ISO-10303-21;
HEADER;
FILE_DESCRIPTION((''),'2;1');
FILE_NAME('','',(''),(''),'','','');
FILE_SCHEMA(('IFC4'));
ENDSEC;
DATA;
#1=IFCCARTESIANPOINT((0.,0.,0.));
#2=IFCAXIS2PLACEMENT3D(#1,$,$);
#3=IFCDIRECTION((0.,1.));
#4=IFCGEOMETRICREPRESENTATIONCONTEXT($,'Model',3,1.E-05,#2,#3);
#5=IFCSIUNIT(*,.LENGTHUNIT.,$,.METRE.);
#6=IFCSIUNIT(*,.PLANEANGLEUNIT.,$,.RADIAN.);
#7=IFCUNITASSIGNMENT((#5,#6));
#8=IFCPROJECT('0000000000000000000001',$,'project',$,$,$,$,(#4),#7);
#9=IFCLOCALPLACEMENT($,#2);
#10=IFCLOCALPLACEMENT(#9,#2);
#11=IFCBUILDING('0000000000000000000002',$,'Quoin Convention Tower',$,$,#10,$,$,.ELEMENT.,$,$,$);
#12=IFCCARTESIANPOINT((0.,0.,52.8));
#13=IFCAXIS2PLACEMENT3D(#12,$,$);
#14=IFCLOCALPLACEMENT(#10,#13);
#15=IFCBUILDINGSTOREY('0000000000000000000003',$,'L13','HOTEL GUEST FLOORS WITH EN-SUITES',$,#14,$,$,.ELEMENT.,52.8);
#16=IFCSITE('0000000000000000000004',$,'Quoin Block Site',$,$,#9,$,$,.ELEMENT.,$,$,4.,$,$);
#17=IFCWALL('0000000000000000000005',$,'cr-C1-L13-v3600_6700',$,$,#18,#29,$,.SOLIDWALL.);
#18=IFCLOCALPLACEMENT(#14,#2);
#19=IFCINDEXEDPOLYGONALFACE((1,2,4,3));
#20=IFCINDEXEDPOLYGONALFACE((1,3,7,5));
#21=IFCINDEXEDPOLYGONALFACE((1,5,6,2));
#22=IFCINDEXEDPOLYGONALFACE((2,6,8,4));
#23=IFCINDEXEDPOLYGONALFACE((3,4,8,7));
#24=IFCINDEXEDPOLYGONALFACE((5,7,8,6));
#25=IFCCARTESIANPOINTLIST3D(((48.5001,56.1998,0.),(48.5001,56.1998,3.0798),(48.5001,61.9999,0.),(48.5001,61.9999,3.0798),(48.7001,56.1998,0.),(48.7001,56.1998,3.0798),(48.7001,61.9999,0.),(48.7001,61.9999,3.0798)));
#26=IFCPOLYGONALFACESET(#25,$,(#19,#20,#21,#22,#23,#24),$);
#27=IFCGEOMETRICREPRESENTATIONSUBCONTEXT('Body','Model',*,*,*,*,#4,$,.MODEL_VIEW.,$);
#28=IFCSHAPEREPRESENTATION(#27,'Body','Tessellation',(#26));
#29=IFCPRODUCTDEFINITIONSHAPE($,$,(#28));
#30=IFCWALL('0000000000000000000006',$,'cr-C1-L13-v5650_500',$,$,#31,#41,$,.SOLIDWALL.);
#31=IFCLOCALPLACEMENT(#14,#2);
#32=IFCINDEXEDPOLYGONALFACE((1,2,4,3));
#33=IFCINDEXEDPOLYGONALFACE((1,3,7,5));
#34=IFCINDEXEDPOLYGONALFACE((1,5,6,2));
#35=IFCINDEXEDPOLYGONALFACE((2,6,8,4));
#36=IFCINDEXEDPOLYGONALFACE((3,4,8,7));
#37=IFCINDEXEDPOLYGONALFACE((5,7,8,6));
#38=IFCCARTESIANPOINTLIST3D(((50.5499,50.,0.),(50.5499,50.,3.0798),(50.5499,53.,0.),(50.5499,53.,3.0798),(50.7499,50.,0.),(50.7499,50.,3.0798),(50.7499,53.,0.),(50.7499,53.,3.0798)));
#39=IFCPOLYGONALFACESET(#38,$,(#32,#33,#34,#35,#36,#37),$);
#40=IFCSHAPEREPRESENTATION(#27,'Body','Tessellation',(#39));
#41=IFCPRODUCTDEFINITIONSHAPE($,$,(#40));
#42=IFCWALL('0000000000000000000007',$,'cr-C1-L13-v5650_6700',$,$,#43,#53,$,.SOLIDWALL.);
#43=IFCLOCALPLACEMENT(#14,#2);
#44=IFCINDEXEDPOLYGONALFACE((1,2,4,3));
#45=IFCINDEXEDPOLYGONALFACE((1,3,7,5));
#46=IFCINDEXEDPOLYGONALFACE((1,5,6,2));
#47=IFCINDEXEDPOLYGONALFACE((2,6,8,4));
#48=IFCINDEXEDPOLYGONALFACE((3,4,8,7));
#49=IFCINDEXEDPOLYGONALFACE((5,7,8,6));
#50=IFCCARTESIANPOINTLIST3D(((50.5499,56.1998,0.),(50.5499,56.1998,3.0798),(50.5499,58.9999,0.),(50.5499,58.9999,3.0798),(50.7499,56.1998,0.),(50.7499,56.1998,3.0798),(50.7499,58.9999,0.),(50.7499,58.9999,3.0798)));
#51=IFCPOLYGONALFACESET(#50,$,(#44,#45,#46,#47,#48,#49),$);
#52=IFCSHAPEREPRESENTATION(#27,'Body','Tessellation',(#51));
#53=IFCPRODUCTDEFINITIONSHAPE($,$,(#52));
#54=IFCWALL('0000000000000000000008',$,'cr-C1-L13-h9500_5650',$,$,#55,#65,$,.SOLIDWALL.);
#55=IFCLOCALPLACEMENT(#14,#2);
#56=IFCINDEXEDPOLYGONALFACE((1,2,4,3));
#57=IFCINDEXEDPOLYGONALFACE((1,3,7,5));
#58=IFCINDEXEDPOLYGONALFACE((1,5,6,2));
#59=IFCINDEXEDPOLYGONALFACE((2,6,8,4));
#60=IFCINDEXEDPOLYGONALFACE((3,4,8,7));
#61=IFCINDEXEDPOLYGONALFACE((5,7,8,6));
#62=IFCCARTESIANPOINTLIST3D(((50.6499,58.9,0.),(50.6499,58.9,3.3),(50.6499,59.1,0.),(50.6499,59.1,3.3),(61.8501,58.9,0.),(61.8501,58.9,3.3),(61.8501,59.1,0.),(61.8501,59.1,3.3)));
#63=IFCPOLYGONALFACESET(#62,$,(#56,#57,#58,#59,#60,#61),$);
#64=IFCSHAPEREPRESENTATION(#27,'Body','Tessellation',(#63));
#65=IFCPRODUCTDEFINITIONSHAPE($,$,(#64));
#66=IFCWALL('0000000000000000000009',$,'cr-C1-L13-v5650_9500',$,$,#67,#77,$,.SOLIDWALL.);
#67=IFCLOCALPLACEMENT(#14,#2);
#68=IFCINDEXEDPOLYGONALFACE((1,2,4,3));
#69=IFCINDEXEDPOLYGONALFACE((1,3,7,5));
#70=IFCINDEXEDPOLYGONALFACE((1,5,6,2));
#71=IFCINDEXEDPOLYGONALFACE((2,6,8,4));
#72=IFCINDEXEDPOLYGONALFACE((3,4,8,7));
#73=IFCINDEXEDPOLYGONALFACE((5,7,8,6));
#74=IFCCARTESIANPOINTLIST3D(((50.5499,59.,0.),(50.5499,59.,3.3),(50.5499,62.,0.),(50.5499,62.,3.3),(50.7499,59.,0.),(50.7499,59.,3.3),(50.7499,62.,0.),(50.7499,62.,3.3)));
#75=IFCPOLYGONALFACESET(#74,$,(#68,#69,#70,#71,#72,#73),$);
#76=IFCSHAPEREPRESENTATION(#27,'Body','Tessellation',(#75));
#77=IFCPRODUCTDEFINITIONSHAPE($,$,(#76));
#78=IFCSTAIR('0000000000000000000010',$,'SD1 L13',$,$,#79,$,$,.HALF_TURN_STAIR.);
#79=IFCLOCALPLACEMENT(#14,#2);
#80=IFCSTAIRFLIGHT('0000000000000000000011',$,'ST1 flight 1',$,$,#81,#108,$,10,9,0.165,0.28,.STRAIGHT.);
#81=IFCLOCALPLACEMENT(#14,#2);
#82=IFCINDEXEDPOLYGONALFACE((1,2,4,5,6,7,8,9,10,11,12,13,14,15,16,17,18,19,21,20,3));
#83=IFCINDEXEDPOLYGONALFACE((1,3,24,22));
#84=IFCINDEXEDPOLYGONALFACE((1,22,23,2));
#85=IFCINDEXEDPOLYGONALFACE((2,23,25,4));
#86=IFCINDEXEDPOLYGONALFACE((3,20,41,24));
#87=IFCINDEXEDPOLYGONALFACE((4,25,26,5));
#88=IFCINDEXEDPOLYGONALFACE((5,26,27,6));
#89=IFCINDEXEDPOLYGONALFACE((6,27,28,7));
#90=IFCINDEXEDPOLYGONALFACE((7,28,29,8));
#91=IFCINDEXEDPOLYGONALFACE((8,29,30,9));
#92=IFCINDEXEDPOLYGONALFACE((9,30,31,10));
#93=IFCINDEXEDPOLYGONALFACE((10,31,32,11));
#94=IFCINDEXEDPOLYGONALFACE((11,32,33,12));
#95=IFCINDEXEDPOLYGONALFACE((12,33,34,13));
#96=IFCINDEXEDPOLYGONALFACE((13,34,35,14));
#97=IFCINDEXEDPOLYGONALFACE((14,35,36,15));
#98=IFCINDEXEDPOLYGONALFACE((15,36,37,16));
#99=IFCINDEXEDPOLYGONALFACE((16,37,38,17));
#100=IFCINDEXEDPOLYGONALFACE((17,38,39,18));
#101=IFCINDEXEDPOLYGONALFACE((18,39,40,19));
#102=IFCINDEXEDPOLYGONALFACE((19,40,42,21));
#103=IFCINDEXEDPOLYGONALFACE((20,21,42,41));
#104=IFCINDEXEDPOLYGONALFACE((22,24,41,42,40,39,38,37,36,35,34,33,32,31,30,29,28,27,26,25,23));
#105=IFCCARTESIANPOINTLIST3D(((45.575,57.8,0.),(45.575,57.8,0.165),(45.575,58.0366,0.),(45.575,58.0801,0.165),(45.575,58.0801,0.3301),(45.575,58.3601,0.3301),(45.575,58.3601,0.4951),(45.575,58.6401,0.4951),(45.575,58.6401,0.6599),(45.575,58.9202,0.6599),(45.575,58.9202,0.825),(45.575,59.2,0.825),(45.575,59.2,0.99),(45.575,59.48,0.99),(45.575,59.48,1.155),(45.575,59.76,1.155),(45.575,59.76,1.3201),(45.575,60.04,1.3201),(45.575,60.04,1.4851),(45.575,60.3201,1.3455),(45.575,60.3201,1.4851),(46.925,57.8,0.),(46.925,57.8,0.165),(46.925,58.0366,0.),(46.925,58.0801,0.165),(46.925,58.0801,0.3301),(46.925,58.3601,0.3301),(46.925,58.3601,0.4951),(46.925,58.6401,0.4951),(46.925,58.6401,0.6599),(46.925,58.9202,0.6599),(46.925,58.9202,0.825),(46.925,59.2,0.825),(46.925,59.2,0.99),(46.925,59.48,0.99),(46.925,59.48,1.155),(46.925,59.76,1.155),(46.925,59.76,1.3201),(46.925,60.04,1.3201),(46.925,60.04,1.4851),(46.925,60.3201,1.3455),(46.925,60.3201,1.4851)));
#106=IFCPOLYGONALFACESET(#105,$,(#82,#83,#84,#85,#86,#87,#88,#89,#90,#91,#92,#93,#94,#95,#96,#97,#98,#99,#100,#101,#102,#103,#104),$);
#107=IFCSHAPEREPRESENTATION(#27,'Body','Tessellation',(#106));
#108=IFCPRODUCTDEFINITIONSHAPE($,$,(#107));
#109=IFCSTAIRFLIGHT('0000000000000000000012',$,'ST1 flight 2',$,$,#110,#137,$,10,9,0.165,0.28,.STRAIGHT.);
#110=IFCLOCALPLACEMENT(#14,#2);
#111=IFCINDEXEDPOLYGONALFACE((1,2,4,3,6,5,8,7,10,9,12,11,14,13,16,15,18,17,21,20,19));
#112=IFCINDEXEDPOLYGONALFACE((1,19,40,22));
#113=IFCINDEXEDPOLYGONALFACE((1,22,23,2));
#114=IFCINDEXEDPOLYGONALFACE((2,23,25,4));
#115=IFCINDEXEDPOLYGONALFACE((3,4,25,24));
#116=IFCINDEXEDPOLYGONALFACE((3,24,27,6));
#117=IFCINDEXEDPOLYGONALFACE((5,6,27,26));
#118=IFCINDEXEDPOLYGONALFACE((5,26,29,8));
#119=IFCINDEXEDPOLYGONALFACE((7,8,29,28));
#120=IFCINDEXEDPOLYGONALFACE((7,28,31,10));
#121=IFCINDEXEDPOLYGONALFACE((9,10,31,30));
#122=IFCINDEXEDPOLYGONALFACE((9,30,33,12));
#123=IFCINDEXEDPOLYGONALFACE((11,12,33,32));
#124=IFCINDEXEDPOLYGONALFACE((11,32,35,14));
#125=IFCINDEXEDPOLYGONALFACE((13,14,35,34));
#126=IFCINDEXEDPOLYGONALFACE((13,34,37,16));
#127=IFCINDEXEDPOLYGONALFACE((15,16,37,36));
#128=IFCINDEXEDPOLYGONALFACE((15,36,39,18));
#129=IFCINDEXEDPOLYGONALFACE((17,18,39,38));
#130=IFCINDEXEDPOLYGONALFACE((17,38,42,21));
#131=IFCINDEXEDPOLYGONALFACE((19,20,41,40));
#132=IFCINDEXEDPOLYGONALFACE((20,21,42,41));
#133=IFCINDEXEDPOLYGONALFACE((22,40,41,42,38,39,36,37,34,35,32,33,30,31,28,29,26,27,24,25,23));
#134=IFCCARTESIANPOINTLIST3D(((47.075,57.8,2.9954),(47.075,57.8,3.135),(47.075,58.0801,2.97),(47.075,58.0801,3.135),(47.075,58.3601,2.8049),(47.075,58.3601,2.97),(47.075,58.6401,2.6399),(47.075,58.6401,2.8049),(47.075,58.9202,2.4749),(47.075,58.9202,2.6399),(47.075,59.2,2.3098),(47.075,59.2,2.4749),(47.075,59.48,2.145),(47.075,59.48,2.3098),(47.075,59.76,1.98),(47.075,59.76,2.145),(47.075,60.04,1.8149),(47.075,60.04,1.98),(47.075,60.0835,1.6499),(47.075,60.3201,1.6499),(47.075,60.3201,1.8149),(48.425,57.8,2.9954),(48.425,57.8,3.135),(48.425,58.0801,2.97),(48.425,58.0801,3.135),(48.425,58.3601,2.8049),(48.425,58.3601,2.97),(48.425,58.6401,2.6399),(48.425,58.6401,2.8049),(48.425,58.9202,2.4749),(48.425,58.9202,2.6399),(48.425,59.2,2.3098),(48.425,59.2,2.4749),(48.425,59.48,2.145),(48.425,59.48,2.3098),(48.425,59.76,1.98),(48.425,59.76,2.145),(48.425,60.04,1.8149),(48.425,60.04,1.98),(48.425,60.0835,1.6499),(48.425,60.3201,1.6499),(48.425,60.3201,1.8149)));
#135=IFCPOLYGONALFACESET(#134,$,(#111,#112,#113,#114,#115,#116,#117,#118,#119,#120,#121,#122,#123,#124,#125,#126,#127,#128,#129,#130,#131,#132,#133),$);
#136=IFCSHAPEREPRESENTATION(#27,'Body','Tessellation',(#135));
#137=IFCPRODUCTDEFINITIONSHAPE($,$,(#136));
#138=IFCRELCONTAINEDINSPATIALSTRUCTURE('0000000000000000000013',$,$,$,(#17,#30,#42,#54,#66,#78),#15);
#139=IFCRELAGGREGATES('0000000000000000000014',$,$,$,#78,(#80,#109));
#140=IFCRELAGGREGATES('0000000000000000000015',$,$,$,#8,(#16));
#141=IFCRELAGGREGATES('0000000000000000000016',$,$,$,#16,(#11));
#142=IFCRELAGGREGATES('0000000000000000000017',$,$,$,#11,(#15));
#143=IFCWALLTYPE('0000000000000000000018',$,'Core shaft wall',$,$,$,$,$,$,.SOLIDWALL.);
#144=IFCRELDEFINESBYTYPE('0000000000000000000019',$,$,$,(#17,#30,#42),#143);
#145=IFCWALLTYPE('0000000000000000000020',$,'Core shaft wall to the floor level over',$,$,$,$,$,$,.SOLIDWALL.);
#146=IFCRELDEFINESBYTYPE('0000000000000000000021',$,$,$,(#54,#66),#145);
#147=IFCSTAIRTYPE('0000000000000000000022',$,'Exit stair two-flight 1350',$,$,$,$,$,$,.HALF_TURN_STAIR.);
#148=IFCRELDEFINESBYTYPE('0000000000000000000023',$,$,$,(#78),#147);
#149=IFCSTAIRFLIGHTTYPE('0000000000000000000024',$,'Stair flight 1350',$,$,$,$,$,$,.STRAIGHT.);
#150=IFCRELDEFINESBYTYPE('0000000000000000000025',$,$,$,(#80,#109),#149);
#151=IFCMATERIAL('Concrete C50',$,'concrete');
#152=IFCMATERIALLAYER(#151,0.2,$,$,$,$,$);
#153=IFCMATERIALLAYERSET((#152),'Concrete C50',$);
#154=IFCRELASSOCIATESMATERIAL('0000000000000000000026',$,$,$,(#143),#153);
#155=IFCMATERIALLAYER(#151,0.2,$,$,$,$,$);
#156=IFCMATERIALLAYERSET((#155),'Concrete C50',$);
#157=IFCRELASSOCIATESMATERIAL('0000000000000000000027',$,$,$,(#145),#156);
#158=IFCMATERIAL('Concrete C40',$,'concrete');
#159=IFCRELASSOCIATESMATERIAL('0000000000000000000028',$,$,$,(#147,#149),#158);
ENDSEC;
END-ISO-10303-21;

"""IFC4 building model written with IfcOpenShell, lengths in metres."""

from ifc_helpers import new_model, si_unit, direction, frame, frame_2d, origin, place, context, subcontext, project, spatial, polyline, rectangle, outline, extrude, material, layer, layer_set, type_object, element, aggregate, save


model = new_model("IFC4")

# Units and contexts
model_context = context("Model", 3, precision=1e-05, world=origin(), true_north=direction((0.0, 1.0)))
body_context = subcontext(model_context, "Body", "Model", "MODEL_VIEW")
ifc_project = project(units=[si_unit("LENGTHUNIT", "METRE"), si_unit("PLANEANGLEUNIT", "RADIAN")], contexts=[model_context])

# Site, building, storey
site_placement = place(None, origin())
site = spatial("IfcSite", under=ifc_project, at=site_placement, Name="Quoin Block Site", CompositionType="ELEMENT", RefElevation=4.0)
building_placement = place(site_placement, origin())
building = spatial("IfcBuilding", under=site, at=building_placement, Name="Quoin Convention Tower", CompositionType="ELEMENT")
storey_placement = place(building_placement, frame((0.0, 0.0, 52.8)))
storey = spatial("IfcBuildingStorey", under=building, at=storey_placement, Name="L13", Description="HOTEL GUEST FLOORS WITH EN-SUITES", CompositionType="ELEMENT", Elevation=52.8)

# Shared definitions
ifc_material_1 = material(Name="Concrete C50", Category="concrete")
ifc_layer_1 = layer(ifc_material_1, 0.2)
ifc_layer_set_1 = layer_set([ifc_layer_1], Name="Concrete C50")
wall_type_1 = type_object("IfcWallType", Name="Core shaft wall", PredefinedType="SOLIDWALL", material=ifc_layer_set_1)

# Walls
wall_1_placement = place(storey_placement, frame((48.6001, 56.2, 0.0), z_axis=(0.0, 0.0, 1.0), x_axis=(0.0, 1.0, 0.0)))
element("IfcWall", 1, at=wall_1_placement, inside=storey, type_object=wall_type_1, Name="cr-C1-L13-v3600_6700", PredefinedType="SOLIDWALL", context=body_context, shape_type="SweptSolid", body=[
    extrude(rectangle(XDim=5.8, YDim=0.2, at=frame_2d((2.8999, 0.0))), origin(), (0.0, 0.0, 1.0), 3.0798),
])
wall_2_placement = place(storey_placement, frame((50.6499, 50.0, 0.0), z_axis=(0.0, 0.0, 1.0), x_axis=(0.0, 1.0, 0.0)))
element("IfcWall", 2, at=wall_2_placement, inside=storey, type_object=wall_type_1, Name="cr-C1-L13-v5650_500", PredefinedType="SOLIDWALL", context=body_context, shape_type="SweptSolid", body=[
    extrude(rectangle(XDim=3.0, YDim=0.2, at=frame_2d((1.5, 0.0))), origin(), (0.0, 0.0, 1.0), 3.0798),
])
wall_3_placement = place(storey_placement, frame((50.6499, 56.2, 0.0), z_axis=(0.0, 0.0, 1.0), x_axis=(0.0, 1.0, 0.0)))
element("IfcWall", 3, at=wall_3_placement, inside=storey, type_object=wall_type_1, Name="cr-C1-L13-v5650_6700", PredefinedType="SOLIDWALL", context=body_context, shape_type="SweptSolid", body=[
    extrude(rectangle(XDim=2.8, YDim=0.2, at=frame_2d((1.3999, 0.0))), origin(), (0.0, 0.0, 1.0), 3.0798),
])
ifc_layer_2 = layer(ifc_material_1, 0.2)
ifc_layer_set_2 = layer_set([ifc_layer_2], Name="Concrete C50")
wall_type_2 = type_object("IfcWallType", Name="Core shaft wall to the floor level over", PredefinedType="SOLIDWALL", material=ifc_layer_set_2)
wall_4_placement = place(storey_placement, frame((50.6499, 59.0, 0.0), z_axis=(0.0, 0.0, 1.0), x_axis=(1.0, 0.0, 0.0)))
element("IfcWall", 4, at=wall_4_placement, inside=storey, type_object=wall_type_2, Name="cr-C1-L13-h9500_5650", PredefinedType="SOLIDWALL", context=body_context, shape_type="SweptSolid", body=[
    extrude(rectangle(XDim=11.2002, YDim=0.2, at=frame_2d((5.6001, 0.0))), origin(), (0.0, 0.0, 1.0), 3.3),
])
wall_5_placement = place(storey_placement, frame((50.6499, 59.0, 0.0), z_axis=(0.0, 0.0, 1.0), x_axis=(0.0, 1.0, 0.0)))
element("IfcWall", 5, at=wall_5_placement, inside=storey, type_object=wall_type_2, Name="cr-C1-L13-v5650_9500", PredefinedType="SOLIDWALL", context=body_context, shape_type="SweptSolid", body=[
    extrude(rectangle(XDim=3.0, YDim=0.2, at=frame_2d((1.5, 0.0))), origin(), (0.0, 0.0, 1.0), 3.3),
])

# Stair, stair flights
ifc_material_2 = material(Name="Concrete C40", Category="concrete")
stair_type = type_object("IfcStairType", Name="Exit stair two-flight 1350", PredefinedType="HALF_TURN_STAIR", material=ifc_material_2)
stair_placement = place(storey_placement, origin())
stair = element("IfcStair", 6, at=stair_placement, inside=storey, type_object=stair_type, Name="SD1 L13", PredefinedType="HALF_TURN_STAIR")
stair_flight_type = type_object("IfcStairFlightType", Name="Stair flight 1350", PredefinedType="STRAIGHT", material=ifc_material_2)
stair_flight_1_placement = place(storey_placement, frame((46.25, 57.8, 0.0), z_axis=(0.0, 0.0, 1.0), x_axis=(0.0, 1.0, 0.0)))
stair_flight_1 = element("IfcStairFlight", 7, at=stair_flight_1_placement, type_object=stair_flight_type, Name="ST1 flight 1", NumberOfRisers=10, NumberOfTreads=9, PredefinedType="STRAIGHT", RiserHeight=0.165, TreadLength=0.28, context=body_context, shape_type="SweptSolid", body=[
    extrude(outline(polyline([(0.0, 0.0), (0.0, 0.165), (0.28, 0.165), (0.28, 0.3301), (0.5601, 0.3301), (0.5601, 0.4951), (0.8401, 0.4951), (0.8401, 0.6599), (1.1201, 0.6599), (1.1201, 0.825), (1.3999, 0.825), (1.3999, 0.99), (1.6799, 0.99), (1.6799, 1.155), (1.96, 1.155), (1.96, 1.3201), (2.24, 1.3201), (2.24, 1.4851), (2.52, 1.4851), (2.52, 1.6499), (2.52, 1.3455), (0.2366, 0.0), (0.0, 0.0)])), frame((0.0, 0.675, 0.0), z_axis=(0.0, -1.0, 0.0), x_axis=(1.0, 0.0, 0.0)), (0.0, 0.0, 1.0), 1.3501),
])
stair_flight_2_placement = place(storey_placement, frame((47.75, 60.3201, 1.6499), z_axis=(0.0, 0.0, 1.0), x_axis=(0.0, -1.0, 0.0)))
stair_flight_2 = element("IfcStairFlight", 8, at=stair_flight_2_placement, type_object=stair_flight_type, Name="ST1 flight 2", NumberOfRisers=10, NumberOfTreads=9, PredefinedType="STRAIGHT", RiserHeight=0.165, TreadLength=0.28, context=body_context, shape_type="SweptSolid", body=[
    extrude(outline(polyline([(0.0, 0.0), (0.0, 0.165), (0.28, 0.165), (0.28, 0.3301), (0.5601, 0.3301), (0.5601, 0.4951), (0.8401, 0.4951), (0.8401, 0.6599), (1.1201, 0.6599), (1.1201, 0.825), (1.3999, 0.825), (1.3999, 0.99), (1.6799, 0.99), (1.6799, 1.155), (1.96, 1.155), (1.96, 1.3201), (2.24, 1.3201), (2.24, 1.4851), (2.52, 1.4851), (2.52, 1.6499), (2.52, 1.3455), (0.2366, 0.0), (0.0, 0.0)])), frame((0.0, 0.675, 0.0), z_axis=(0.0, -1.0, 0.0), x_axis=(1.0, 0.0, 0.0)), (0.0, 0.0, 1.0), 1.3501),
])
aggregate(stair, [stair_flight_1, stair_flight_2])

save(model, "model.ifc")
